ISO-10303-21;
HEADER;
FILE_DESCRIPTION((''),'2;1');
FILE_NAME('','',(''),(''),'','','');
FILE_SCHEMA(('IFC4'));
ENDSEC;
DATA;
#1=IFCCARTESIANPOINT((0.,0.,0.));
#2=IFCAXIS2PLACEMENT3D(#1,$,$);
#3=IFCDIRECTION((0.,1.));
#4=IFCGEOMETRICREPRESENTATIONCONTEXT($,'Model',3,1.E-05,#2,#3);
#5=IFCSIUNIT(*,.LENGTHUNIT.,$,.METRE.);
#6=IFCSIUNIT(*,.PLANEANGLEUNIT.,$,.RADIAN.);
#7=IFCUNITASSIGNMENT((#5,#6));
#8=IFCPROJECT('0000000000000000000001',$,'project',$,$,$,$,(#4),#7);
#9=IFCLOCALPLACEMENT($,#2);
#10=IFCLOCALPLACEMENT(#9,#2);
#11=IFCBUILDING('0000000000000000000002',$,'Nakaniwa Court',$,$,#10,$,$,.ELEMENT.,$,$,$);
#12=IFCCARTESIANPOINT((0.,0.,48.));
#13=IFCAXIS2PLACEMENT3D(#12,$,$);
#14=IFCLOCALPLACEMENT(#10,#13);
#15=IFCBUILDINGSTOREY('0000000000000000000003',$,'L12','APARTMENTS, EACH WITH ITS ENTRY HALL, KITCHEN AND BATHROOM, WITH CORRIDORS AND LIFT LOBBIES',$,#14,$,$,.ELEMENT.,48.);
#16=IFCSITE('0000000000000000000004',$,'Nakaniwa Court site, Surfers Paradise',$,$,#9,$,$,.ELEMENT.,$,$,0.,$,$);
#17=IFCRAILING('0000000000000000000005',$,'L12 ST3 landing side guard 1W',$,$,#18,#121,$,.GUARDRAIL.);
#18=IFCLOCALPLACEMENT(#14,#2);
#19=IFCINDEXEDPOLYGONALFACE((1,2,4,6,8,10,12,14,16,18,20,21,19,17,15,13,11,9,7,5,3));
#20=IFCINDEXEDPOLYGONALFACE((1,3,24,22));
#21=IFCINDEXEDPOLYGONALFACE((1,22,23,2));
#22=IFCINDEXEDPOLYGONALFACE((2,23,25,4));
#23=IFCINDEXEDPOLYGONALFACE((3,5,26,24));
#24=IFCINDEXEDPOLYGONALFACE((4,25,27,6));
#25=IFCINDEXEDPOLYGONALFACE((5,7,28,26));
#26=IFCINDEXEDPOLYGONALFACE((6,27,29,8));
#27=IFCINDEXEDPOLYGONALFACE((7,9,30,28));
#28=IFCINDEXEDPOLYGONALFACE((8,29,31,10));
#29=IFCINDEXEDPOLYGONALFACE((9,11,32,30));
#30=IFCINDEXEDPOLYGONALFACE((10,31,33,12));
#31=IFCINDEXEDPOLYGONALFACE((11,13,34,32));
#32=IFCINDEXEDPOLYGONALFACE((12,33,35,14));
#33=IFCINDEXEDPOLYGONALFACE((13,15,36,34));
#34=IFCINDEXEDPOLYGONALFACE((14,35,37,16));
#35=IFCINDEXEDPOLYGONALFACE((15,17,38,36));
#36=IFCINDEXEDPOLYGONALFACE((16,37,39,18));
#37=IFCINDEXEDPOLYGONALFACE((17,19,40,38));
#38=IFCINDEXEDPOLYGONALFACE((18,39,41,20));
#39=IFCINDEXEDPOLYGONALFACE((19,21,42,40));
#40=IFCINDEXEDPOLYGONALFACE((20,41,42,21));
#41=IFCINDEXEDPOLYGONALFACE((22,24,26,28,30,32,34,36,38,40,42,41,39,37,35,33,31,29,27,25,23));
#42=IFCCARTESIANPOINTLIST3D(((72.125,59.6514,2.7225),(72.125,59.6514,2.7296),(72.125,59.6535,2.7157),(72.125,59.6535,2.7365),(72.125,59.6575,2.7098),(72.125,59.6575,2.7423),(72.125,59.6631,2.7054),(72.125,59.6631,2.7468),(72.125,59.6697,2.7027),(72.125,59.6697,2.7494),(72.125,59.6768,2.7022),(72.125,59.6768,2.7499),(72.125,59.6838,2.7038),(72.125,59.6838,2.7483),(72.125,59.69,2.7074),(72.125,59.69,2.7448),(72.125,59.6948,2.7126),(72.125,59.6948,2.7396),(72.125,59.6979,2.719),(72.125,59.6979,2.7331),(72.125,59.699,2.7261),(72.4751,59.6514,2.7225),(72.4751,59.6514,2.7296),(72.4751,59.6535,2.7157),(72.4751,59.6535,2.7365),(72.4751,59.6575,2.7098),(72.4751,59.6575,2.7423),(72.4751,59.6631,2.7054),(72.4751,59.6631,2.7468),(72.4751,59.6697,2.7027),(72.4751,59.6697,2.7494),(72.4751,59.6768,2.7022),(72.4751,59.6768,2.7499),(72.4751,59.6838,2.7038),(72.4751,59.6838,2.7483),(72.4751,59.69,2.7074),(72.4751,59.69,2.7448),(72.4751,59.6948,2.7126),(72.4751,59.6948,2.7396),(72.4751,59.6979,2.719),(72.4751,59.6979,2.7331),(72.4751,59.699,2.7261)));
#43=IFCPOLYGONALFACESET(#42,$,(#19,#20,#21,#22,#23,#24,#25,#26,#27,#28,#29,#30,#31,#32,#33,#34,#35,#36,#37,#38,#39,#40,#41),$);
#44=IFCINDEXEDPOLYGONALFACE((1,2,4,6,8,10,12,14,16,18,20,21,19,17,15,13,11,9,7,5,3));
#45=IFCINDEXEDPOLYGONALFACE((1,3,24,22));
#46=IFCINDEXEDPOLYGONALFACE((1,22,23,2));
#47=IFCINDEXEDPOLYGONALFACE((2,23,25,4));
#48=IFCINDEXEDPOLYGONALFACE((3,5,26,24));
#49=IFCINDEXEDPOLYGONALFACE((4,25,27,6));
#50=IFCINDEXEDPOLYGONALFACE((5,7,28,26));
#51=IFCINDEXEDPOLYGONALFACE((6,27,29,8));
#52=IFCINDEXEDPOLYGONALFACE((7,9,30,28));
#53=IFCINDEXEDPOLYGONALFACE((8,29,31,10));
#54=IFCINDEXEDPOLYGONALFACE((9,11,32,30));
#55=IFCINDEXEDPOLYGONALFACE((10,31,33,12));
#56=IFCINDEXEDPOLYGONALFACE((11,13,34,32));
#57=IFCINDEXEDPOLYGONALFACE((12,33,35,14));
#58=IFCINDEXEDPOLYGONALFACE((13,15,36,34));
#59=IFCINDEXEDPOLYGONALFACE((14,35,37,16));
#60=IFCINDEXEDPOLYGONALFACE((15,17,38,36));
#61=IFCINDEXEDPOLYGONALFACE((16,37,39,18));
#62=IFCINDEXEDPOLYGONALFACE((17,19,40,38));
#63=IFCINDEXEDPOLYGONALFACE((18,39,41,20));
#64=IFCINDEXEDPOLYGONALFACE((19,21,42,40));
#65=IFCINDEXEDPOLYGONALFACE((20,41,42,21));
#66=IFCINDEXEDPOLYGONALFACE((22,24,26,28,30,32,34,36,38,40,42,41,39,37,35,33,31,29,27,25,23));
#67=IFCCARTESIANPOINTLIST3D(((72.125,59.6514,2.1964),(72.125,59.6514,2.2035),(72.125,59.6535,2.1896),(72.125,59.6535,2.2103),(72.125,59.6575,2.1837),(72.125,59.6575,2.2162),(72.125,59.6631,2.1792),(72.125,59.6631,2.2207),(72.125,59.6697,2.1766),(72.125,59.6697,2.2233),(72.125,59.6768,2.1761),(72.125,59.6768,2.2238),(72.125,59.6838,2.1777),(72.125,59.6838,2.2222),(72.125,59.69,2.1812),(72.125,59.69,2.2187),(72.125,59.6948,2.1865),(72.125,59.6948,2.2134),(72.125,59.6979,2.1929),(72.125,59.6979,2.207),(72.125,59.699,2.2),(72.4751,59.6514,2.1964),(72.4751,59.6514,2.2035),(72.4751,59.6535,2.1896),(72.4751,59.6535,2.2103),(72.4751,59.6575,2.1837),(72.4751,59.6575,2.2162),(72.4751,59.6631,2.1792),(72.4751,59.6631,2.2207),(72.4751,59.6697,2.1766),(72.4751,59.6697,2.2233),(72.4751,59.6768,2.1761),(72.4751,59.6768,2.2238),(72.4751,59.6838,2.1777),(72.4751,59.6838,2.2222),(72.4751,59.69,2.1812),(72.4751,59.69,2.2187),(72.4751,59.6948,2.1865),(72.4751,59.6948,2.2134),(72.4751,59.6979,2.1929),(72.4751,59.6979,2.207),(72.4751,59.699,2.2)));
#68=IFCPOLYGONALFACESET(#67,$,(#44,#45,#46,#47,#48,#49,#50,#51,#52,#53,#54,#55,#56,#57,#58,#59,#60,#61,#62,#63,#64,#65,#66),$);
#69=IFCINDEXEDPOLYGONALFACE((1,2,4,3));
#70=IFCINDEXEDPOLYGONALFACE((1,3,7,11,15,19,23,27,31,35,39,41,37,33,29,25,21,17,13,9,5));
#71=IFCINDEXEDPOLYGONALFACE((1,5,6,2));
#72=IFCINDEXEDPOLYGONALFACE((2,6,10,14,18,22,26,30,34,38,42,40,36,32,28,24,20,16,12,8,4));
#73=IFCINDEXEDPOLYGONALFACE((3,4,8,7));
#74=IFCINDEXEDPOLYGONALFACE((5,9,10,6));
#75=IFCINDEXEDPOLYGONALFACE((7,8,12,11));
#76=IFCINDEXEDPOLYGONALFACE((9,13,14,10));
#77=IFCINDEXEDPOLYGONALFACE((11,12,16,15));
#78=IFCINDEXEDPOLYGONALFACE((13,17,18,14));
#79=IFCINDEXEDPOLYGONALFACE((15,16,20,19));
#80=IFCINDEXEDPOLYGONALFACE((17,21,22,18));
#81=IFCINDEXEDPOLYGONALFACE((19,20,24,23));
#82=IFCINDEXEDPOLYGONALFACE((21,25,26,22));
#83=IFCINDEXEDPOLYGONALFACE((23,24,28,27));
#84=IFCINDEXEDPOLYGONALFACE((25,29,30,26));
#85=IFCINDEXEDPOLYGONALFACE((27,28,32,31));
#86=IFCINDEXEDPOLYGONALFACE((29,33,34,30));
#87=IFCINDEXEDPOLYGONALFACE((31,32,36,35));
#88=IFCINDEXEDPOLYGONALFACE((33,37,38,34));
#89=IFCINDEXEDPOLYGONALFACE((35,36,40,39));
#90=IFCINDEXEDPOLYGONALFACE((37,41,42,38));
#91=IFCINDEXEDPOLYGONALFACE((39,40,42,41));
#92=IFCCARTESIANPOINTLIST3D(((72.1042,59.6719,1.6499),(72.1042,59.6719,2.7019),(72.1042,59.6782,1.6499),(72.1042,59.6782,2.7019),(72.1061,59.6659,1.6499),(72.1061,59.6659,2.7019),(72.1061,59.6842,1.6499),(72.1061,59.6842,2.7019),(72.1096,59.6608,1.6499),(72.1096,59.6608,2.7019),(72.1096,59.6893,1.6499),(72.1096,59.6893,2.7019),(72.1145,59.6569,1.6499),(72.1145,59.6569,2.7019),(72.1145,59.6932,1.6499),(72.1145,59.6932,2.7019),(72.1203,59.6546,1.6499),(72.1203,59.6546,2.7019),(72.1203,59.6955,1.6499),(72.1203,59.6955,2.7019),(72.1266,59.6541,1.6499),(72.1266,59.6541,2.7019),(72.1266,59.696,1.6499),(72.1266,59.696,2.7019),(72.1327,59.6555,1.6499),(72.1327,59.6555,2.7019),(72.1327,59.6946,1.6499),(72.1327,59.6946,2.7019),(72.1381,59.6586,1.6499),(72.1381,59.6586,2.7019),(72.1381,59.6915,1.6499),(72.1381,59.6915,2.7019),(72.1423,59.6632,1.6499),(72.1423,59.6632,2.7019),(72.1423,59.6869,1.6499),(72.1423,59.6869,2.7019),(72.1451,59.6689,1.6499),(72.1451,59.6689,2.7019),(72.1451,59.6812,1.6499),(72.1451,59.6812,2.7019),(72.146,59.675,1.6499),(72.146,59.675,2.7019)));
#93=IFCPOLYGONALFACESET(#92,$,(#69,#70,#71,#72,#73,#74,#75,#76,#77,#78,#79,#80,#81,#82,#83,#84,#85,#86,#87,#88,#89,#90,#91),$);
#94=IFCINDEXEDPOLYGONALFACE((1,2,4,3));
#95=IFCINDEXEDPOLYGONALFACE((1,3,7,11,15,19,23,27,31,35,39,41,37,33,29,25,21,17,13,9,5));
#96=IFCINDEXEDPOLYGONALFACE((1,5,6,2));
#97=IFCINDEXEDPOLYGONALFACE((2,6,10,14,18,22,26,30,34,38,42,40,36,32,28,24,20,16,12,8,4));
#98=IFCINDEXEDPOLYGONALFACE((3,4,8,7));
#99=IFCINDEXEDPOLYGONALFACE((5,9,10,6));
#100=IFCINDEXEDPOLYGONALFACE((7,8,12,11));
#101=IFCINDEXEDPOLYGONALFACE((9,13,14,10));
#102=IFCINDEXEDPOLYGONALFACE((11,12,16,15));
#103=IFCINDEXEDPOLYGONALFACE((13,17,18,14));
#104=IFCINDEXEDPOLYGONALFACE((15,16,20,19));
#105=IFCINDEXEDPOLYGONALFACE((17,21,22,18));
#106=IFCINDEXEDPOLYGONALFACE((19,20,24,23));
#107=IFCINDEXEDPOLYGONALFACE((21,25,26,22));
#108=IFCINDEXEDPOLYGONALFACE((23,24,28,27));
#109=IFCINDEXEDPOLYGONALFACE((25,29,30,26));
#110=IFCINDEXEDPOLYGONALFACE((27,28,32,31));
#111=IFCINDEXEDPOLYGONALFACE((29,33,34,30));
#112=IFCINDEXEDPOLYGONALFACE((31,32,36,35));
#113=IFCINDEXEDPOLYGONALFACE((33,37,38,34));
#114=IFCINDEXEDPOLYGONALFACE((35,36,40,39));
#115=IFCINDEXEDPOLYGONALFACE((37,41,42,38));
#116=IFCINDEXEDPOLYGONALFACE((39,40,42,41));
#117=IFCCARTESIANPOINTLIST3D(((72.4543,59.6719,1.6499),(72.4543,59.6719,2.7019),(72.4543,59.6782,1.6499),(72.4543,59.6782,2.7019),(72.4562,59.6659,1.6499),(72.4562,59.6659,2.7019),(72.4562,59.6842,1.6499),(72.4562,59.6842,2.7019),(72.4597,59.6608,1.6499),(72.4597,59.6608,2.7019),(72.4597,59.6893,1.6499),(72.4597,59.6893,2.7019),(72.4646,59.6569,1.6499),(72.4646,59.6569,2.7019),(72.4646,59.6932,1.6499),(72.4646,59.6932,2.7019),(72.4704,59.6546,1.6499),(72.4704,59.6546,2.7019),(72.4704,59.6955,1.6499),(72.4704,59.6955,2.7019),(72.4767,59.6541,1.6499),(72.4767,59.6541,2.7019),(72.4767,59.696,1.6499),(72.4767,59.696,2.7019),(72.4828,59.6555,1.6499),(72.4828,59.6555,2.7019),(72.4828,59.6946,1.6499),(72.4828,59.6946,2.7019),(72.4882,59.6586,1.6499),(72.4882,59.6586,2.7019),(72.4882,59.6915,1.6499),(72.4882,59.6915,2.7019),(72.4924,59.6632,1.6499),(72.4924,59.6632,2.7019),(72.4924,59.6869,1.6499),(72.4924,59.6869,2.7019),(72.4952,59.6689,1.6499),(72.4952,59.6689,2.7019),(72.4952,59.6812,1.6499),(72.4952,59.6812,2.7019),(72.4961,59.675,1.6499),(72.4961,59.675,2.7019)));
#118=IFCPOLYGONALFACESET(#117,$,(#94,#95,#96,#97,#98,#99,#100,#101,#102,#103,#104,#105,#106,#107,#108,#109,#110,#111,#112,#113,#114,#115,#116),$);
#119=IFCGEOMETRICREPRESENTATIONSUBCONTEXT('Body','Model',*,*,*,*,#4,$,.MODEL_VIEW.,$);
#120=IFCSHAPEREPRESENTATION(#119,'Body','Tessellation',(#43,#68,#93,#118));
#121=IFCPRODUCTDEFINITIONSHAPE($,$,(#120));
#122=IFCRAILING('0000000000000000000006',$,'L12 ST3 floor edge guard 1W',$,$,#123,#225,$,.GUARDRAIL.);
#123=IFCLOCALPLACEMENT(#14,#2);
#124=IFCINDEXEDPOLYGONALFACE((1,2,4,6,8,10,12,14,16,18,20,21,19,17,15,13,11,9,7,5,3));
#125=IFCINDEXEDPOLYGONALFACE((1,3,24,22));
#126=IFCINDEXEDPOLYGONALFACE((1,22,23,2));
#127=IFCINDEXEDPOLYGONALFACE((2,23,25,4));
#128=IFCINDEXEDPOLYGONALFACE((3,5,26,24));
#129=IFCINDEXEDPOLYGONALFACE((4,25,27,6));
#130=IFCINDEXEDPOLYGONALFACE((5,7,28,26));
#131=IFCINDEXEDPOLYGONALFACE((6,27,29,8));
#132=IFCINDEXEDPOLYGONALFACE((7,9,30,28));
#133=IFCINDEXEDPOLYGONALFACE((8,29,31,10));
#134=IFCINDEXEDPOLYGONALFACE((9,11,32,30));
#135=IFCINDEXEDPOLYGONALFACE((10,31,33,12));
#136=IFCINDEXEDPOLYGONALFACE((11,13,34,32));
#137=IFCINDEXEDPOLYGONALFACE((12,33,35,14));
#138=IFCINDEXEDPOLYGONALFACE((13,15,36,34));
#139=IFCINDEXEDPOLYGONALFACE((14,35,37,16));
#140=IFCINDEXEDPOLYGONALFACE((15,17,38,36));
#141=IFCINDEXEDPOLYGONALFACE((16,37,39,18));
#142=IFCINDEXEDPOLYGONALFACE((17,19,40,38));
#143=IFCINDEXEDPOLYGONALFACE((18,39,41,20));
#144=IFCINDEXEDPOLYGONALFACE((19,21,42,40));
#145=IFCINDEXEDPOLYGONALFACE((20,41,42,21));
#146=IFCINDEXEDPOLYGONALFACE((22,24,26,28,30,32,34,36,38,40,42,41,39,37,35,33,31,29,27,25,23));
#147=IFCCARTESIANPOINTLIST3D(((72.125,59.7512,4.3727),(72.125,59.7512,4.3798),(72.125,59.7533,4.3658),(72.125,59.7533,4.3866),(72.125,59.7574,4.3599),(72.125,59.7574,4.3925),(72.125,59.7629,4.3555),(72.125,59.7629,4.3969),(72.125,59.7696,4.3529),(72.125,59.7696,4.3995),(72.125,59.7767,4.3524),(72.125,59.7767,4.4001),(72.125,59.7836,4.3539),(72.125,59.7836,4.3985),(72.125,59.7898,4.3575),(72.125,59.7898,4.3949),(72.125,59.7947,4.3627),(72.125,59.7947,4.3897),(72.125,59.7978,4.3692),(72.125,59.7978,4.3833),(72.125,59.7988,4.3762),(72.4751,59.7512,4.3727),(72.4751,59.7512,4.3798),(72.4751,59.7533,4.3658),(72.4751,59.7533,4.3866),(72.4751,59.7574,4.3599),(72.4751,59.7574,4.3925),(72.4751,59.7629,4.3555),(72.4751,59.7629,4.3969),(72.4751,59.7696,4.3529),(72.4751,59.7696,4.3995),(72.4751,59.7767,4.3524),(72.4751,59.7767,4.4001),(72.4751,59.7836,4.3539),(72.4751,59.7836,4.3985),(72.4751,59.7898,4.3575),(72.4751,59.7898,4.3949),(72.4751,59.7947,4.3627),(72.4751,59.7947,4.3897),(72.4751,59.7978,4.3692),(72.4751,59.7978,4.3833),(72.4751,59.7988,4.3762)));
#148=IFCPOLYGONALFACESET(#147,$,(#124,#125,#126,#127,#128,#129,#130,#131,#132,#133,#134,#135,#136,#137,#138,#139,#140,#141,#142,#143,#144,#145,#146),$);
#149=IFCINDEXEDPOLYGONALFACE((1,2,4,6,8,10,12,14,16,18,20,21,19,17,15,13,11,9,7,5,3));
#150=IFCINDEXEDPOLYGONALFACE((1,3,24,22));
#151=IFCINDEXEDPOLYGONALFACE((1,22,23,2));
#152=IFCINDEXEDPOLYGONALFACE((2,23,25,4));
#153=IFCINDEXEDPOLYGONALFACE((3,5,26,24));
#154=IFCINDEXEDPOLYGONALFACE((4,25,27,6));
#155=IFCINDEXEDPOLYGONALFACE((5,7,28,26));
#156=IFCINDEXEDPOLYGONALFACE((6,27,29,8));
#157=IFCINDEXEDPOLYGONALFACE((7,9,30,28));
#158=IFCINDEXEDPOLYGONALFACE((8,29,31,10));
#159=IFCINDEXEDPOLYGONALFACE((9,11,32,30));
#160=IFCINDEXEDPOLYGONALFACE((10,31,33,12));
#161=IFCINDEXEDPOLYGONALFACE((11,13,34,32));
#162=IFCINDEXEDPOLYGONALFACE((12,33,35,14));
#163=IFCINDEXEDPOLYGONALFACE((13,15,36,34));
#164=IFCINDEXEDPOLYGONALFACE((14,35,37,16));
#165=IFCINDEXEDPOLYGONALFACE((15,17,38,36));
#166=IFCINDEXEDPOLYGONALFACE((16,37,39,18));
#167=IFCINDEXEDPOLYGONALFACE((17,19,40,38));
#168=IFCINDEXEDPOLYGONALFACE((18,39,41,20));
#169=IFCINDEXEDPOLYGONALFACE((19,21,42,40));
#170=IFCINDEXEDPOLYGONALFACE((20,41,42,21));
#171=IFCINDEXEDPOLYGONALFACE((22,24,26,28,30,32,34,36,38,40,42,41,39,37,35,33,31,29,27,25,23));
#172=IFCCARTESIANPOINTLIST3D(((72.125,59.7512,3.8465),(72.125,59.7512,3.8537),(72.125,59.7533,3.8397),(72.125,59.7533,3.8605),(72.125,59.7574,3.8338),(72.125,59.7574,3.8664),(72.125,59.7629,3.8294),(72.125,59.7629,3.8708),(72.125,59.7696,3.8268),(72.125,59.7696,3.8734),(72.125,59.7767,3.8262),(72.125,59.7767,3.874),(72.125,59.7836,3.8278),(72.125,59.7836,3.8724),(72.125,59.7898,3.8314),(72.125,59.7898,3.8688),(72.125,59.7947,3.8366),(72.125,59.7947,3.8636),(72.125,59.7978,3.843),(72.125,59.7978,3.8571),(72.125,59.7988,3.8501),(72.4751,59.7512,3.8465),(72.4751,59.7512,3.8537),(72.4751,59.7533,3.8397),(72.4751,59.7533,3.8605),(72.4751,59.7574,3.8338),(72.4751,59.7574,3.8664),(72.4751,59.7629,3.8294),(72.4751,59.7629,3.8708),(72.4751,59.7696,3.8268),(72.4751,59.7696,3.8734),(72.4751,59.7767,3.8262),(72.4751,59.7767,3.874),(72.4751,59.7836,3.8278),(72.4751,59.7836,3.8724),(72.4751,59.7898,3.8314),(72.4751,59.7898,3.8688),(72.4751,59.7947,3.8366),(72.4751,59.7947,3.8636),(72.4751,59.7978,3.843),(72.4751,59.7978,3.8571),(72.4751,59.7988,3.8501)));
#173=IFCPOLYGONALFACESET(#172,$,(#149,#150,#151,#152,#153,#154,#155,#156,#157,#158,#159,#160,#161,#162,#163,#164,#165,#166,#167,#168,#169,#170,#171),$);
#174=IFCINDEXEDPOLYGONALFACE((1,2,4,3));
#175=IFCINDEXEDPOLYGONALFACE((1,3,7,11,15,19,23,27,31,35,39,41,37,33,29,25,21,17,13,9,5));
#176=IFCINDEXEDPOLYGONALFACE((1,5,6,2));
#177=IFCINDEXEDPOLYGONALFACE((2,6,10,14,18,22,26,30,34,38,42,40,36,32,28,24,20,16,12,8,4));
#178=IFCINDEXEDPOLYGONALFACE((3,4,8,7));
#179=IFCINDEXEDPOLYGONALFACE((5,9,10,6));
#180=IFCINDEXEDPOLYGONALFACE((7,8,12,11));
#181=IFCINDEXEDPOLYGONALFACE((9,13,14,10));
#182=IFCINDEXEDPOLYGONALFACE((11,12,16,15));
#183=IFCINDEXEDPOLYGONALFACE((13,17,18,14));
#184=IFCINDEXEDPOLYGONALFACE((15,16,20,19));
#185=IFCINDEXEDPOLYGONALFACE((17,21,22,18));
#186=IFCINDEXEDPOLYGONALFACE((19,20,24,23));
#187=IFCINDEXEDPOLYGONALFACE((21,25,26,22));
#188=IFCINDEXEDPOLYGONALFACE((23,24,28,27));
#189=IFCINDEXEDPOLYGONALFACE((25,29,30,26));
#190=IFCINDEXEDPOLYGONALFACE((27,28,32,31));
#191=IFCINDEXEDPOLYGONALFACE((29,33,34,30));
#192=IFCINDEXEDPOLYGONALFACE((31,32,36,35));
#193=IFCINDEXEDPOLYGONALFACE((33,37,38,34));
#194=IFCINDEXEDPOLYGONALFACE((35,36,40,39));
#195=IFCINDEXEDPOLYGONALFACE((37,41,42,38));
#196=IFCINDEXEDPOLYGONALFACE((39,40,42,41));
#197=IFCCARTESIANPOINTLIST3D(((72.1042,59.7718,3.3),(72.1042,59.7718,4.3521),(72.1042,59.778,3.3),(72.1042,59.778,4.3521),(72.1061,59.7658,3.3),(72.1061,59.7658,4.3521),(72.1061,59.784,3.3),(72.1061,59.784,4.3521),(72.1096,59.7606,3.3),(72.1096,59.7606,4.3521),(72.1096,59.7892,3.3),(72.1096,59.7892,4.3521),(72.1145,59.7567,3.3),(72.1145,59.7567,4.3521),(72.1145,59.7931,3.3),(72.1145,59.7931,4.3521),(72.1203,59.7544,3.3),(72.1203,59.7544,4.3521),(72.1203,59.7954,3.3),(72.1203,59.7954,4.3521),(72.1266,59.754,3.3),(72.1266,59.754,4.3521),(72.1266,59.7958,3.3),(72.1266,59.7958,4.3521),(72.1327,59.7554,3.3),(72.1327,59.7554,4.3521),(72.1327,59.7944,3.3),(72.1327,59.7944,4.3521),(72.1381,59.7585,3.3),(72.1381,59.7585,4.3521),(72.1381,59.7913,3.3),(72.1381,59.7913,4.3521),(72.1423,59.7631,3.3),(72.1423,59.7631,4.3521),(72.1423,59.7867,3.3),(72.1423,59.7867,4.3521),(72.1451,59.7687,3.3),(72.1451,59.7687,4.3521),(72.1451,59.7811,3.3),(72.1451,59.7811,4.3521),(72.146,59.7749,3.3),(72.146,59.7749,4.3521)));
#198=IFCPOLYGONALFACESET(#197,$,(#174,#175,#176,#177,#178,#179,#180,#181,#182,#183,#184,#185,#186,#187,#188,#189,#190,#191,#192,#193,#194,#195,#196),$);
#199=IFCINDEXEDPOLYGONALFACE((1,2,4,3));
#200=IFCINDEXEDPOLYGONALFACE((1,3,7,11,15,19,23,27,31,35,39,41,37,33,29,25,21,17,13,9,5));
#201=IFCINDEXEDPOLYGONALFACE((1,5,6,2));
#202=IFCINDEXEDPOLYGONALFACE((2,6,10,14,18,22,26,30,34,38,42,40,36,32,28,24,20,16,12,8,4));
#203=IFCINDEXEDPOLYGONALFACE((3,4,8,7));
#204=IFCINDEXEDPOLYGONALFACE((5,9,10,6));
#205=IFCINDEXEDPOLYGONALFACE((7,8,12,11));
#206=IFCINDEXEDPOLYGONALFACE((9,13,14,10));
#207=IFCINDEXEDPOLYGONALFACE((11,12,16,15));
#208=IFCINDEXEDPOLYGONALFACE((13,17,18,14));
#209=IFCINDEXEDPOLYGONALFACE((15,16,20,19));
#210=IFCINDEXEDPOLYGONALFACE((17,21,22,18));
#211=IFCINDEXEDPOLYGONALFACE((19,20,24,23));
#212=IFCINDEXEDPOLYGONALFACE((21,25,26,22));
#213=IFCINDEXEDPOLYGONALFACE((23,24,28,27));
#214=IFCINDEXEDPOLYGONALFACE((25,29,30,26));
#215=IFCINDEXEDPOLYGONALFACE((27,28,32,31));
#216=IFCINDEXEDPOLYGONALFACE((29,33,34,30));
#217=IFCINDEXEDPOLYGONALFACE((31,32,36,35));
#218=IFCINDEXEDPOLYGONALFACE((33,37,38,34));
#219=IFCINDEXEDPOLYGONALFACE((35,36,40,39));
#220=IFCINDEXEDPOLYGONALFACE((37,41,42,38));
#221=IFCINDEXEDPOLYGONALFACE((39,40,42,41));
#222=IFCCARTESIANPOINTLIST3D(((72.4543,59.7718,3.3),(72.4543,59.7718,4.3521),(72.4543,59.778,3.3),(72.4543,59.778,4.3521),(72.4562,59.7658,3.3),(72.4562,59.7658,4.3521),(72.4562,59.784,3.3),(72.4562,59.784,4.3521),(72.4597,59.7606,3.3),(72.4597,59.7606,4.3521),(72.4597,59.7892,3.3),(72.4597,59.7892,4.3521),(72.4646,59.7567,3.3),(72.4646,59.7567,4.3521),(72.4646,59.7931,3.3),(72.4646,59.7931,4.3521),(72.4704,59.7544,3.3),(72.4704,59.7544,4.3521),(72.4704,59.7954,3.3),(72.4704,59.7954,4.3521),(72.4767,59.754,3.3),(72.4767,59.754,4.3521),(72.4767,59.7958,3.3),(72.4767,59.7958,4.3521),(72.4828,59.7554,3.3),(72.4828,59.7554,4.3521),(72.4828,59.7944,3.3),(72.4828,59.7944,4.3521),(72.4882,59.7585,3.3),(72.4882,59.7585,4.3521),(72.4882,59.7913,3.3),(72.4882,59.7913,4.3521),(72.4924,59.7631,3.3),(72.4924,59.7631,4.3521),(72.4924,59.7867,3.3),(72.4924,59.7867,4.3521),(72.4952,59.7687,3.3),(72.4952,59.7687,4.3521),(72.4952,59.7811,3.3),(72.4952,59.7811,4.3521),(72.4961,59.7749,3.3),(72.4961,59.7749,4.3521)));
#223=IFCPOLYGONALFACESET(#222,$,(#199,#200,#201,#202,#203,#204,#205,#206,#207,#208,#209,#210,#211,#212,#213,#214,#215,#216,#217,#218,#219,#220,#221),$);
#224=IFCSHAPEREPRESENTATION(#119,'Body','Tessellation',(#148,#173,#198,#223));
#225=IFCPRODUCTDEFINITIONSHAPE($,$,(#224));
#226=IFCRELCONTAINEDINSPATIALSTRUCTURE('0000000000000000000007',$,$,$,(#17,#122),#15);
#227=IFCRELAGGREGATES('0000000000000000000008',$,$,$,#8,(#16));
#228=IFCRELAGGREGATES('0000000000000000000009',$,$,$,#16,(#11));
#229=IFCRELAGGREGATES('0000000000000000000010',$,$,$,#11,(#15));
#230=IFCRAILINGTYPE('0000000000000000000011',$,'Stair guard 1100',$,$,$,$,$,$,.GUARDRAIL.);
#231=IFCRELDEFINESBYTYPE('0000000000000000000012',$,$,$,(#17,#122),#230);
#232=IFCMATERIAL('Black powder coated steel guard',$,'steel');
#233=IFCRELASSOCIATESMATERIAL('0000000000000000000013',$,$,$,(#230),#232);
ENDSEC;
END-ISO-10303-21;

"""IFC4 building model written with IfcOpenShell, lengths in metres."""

from ifc_helpers import new_model, si_unit, direction, frame, origin, origin_2d, place, context, subcontext, project, spatial, circle, extrude, material, type_object, element, save


model = new_model("IFC4")

# Units and contexts
model_context = context("Model", 3, precision=1e-05, world=origin(), true_north=direction((0.0, 1.0)))
body_context = subcontext(model_context, "Body", "Model", "MODEL_VIEW")
ifc_project = project(units=[si_unit("LENGTHUNIT", "METRE"), si_unit("PLANEANGLEUNIT", "RADIAN")], contexts=[model_context])

# Site, building, storey
site_placement = place(None, origin())
site = spatial("IfcSite", under=ifc_project, at=site_placement, Name="Nakaniwa Court site, Surfers Paradise", CompositionType="ELEMENT", RefElevation=0.0)
building_placement = place(site_placement, origin())
building = spatial("IfcBuilding", under=site, at=building_placement, Name="Nakaniwa Court", CompositionType="ELEMENT")
storey_placement = place(building_placement, frame((0.0, 0.0, 48.0)))
storey = spatial("IfcBuildingStorey", under=building, at=storey_placement, Name="L12", Description="APARTMENTS, EACH WITH ITS ENTRY HALL, KITCHEN AND BATHROOM, WITH CORRIDORS AND LIFT LOBBIES", CompositionType="ELEMENT", Elevation=48.0)

# Railings
ifc_material_1 = material(Name="Black powder coated steel guard", Category="steel")
railing_type_1 = type_object("IfcRailingType", Name="Stair guard 1100", PredefinedType="GUARDRAIL", material=ifc_material_1)
for number, where, name in (
    (1, (72.125, 59.675, 1.6499), "L12 ST3 landing side guard 1W"),
    (2, (72.125, 59.7749, 3.3), "L12 ST3 floor edge guard 1W"),
):
    element("IfcRailing", number, at=place(storey_placement, frame(where)), inside=storey, type_object=railing_type_1, Name=name, PredefinedType="GUARDRAIL", context=body_context, shape_type="SweptSolid", body=[
        extrude(circle(Radius=0.0239, at=origin_2d()), frame((0.0, 0.0, 1.0762), z_axis=(1.0, 0.0, 0.0), x_axis=(0.0, 1.0, 0.0)), (0.0, 0.0, 1.0), 0.3501),
        extrude(circle(Radius=0.0239, at=origin_2d()), frame((0.0, 0.0, 0.55), z_axis=(1.0, 0.0, 0.0), x_axis=(0.0, 1.0, 0.0)), (0.0, 0.0, 1.0), 0.3501),
        extrude(circle(Radius=0.021, at=origin_2d()), origin(), (0.0, 0.0, 1.0), 1.052),
        extrude(circle(Radius=0.021, at=origin_2d()), frame((0.3501, 0.0, 0.0)), (0.0, 0.0, 1.0), 1.052),
    ])

save(model, "model.ifc")
